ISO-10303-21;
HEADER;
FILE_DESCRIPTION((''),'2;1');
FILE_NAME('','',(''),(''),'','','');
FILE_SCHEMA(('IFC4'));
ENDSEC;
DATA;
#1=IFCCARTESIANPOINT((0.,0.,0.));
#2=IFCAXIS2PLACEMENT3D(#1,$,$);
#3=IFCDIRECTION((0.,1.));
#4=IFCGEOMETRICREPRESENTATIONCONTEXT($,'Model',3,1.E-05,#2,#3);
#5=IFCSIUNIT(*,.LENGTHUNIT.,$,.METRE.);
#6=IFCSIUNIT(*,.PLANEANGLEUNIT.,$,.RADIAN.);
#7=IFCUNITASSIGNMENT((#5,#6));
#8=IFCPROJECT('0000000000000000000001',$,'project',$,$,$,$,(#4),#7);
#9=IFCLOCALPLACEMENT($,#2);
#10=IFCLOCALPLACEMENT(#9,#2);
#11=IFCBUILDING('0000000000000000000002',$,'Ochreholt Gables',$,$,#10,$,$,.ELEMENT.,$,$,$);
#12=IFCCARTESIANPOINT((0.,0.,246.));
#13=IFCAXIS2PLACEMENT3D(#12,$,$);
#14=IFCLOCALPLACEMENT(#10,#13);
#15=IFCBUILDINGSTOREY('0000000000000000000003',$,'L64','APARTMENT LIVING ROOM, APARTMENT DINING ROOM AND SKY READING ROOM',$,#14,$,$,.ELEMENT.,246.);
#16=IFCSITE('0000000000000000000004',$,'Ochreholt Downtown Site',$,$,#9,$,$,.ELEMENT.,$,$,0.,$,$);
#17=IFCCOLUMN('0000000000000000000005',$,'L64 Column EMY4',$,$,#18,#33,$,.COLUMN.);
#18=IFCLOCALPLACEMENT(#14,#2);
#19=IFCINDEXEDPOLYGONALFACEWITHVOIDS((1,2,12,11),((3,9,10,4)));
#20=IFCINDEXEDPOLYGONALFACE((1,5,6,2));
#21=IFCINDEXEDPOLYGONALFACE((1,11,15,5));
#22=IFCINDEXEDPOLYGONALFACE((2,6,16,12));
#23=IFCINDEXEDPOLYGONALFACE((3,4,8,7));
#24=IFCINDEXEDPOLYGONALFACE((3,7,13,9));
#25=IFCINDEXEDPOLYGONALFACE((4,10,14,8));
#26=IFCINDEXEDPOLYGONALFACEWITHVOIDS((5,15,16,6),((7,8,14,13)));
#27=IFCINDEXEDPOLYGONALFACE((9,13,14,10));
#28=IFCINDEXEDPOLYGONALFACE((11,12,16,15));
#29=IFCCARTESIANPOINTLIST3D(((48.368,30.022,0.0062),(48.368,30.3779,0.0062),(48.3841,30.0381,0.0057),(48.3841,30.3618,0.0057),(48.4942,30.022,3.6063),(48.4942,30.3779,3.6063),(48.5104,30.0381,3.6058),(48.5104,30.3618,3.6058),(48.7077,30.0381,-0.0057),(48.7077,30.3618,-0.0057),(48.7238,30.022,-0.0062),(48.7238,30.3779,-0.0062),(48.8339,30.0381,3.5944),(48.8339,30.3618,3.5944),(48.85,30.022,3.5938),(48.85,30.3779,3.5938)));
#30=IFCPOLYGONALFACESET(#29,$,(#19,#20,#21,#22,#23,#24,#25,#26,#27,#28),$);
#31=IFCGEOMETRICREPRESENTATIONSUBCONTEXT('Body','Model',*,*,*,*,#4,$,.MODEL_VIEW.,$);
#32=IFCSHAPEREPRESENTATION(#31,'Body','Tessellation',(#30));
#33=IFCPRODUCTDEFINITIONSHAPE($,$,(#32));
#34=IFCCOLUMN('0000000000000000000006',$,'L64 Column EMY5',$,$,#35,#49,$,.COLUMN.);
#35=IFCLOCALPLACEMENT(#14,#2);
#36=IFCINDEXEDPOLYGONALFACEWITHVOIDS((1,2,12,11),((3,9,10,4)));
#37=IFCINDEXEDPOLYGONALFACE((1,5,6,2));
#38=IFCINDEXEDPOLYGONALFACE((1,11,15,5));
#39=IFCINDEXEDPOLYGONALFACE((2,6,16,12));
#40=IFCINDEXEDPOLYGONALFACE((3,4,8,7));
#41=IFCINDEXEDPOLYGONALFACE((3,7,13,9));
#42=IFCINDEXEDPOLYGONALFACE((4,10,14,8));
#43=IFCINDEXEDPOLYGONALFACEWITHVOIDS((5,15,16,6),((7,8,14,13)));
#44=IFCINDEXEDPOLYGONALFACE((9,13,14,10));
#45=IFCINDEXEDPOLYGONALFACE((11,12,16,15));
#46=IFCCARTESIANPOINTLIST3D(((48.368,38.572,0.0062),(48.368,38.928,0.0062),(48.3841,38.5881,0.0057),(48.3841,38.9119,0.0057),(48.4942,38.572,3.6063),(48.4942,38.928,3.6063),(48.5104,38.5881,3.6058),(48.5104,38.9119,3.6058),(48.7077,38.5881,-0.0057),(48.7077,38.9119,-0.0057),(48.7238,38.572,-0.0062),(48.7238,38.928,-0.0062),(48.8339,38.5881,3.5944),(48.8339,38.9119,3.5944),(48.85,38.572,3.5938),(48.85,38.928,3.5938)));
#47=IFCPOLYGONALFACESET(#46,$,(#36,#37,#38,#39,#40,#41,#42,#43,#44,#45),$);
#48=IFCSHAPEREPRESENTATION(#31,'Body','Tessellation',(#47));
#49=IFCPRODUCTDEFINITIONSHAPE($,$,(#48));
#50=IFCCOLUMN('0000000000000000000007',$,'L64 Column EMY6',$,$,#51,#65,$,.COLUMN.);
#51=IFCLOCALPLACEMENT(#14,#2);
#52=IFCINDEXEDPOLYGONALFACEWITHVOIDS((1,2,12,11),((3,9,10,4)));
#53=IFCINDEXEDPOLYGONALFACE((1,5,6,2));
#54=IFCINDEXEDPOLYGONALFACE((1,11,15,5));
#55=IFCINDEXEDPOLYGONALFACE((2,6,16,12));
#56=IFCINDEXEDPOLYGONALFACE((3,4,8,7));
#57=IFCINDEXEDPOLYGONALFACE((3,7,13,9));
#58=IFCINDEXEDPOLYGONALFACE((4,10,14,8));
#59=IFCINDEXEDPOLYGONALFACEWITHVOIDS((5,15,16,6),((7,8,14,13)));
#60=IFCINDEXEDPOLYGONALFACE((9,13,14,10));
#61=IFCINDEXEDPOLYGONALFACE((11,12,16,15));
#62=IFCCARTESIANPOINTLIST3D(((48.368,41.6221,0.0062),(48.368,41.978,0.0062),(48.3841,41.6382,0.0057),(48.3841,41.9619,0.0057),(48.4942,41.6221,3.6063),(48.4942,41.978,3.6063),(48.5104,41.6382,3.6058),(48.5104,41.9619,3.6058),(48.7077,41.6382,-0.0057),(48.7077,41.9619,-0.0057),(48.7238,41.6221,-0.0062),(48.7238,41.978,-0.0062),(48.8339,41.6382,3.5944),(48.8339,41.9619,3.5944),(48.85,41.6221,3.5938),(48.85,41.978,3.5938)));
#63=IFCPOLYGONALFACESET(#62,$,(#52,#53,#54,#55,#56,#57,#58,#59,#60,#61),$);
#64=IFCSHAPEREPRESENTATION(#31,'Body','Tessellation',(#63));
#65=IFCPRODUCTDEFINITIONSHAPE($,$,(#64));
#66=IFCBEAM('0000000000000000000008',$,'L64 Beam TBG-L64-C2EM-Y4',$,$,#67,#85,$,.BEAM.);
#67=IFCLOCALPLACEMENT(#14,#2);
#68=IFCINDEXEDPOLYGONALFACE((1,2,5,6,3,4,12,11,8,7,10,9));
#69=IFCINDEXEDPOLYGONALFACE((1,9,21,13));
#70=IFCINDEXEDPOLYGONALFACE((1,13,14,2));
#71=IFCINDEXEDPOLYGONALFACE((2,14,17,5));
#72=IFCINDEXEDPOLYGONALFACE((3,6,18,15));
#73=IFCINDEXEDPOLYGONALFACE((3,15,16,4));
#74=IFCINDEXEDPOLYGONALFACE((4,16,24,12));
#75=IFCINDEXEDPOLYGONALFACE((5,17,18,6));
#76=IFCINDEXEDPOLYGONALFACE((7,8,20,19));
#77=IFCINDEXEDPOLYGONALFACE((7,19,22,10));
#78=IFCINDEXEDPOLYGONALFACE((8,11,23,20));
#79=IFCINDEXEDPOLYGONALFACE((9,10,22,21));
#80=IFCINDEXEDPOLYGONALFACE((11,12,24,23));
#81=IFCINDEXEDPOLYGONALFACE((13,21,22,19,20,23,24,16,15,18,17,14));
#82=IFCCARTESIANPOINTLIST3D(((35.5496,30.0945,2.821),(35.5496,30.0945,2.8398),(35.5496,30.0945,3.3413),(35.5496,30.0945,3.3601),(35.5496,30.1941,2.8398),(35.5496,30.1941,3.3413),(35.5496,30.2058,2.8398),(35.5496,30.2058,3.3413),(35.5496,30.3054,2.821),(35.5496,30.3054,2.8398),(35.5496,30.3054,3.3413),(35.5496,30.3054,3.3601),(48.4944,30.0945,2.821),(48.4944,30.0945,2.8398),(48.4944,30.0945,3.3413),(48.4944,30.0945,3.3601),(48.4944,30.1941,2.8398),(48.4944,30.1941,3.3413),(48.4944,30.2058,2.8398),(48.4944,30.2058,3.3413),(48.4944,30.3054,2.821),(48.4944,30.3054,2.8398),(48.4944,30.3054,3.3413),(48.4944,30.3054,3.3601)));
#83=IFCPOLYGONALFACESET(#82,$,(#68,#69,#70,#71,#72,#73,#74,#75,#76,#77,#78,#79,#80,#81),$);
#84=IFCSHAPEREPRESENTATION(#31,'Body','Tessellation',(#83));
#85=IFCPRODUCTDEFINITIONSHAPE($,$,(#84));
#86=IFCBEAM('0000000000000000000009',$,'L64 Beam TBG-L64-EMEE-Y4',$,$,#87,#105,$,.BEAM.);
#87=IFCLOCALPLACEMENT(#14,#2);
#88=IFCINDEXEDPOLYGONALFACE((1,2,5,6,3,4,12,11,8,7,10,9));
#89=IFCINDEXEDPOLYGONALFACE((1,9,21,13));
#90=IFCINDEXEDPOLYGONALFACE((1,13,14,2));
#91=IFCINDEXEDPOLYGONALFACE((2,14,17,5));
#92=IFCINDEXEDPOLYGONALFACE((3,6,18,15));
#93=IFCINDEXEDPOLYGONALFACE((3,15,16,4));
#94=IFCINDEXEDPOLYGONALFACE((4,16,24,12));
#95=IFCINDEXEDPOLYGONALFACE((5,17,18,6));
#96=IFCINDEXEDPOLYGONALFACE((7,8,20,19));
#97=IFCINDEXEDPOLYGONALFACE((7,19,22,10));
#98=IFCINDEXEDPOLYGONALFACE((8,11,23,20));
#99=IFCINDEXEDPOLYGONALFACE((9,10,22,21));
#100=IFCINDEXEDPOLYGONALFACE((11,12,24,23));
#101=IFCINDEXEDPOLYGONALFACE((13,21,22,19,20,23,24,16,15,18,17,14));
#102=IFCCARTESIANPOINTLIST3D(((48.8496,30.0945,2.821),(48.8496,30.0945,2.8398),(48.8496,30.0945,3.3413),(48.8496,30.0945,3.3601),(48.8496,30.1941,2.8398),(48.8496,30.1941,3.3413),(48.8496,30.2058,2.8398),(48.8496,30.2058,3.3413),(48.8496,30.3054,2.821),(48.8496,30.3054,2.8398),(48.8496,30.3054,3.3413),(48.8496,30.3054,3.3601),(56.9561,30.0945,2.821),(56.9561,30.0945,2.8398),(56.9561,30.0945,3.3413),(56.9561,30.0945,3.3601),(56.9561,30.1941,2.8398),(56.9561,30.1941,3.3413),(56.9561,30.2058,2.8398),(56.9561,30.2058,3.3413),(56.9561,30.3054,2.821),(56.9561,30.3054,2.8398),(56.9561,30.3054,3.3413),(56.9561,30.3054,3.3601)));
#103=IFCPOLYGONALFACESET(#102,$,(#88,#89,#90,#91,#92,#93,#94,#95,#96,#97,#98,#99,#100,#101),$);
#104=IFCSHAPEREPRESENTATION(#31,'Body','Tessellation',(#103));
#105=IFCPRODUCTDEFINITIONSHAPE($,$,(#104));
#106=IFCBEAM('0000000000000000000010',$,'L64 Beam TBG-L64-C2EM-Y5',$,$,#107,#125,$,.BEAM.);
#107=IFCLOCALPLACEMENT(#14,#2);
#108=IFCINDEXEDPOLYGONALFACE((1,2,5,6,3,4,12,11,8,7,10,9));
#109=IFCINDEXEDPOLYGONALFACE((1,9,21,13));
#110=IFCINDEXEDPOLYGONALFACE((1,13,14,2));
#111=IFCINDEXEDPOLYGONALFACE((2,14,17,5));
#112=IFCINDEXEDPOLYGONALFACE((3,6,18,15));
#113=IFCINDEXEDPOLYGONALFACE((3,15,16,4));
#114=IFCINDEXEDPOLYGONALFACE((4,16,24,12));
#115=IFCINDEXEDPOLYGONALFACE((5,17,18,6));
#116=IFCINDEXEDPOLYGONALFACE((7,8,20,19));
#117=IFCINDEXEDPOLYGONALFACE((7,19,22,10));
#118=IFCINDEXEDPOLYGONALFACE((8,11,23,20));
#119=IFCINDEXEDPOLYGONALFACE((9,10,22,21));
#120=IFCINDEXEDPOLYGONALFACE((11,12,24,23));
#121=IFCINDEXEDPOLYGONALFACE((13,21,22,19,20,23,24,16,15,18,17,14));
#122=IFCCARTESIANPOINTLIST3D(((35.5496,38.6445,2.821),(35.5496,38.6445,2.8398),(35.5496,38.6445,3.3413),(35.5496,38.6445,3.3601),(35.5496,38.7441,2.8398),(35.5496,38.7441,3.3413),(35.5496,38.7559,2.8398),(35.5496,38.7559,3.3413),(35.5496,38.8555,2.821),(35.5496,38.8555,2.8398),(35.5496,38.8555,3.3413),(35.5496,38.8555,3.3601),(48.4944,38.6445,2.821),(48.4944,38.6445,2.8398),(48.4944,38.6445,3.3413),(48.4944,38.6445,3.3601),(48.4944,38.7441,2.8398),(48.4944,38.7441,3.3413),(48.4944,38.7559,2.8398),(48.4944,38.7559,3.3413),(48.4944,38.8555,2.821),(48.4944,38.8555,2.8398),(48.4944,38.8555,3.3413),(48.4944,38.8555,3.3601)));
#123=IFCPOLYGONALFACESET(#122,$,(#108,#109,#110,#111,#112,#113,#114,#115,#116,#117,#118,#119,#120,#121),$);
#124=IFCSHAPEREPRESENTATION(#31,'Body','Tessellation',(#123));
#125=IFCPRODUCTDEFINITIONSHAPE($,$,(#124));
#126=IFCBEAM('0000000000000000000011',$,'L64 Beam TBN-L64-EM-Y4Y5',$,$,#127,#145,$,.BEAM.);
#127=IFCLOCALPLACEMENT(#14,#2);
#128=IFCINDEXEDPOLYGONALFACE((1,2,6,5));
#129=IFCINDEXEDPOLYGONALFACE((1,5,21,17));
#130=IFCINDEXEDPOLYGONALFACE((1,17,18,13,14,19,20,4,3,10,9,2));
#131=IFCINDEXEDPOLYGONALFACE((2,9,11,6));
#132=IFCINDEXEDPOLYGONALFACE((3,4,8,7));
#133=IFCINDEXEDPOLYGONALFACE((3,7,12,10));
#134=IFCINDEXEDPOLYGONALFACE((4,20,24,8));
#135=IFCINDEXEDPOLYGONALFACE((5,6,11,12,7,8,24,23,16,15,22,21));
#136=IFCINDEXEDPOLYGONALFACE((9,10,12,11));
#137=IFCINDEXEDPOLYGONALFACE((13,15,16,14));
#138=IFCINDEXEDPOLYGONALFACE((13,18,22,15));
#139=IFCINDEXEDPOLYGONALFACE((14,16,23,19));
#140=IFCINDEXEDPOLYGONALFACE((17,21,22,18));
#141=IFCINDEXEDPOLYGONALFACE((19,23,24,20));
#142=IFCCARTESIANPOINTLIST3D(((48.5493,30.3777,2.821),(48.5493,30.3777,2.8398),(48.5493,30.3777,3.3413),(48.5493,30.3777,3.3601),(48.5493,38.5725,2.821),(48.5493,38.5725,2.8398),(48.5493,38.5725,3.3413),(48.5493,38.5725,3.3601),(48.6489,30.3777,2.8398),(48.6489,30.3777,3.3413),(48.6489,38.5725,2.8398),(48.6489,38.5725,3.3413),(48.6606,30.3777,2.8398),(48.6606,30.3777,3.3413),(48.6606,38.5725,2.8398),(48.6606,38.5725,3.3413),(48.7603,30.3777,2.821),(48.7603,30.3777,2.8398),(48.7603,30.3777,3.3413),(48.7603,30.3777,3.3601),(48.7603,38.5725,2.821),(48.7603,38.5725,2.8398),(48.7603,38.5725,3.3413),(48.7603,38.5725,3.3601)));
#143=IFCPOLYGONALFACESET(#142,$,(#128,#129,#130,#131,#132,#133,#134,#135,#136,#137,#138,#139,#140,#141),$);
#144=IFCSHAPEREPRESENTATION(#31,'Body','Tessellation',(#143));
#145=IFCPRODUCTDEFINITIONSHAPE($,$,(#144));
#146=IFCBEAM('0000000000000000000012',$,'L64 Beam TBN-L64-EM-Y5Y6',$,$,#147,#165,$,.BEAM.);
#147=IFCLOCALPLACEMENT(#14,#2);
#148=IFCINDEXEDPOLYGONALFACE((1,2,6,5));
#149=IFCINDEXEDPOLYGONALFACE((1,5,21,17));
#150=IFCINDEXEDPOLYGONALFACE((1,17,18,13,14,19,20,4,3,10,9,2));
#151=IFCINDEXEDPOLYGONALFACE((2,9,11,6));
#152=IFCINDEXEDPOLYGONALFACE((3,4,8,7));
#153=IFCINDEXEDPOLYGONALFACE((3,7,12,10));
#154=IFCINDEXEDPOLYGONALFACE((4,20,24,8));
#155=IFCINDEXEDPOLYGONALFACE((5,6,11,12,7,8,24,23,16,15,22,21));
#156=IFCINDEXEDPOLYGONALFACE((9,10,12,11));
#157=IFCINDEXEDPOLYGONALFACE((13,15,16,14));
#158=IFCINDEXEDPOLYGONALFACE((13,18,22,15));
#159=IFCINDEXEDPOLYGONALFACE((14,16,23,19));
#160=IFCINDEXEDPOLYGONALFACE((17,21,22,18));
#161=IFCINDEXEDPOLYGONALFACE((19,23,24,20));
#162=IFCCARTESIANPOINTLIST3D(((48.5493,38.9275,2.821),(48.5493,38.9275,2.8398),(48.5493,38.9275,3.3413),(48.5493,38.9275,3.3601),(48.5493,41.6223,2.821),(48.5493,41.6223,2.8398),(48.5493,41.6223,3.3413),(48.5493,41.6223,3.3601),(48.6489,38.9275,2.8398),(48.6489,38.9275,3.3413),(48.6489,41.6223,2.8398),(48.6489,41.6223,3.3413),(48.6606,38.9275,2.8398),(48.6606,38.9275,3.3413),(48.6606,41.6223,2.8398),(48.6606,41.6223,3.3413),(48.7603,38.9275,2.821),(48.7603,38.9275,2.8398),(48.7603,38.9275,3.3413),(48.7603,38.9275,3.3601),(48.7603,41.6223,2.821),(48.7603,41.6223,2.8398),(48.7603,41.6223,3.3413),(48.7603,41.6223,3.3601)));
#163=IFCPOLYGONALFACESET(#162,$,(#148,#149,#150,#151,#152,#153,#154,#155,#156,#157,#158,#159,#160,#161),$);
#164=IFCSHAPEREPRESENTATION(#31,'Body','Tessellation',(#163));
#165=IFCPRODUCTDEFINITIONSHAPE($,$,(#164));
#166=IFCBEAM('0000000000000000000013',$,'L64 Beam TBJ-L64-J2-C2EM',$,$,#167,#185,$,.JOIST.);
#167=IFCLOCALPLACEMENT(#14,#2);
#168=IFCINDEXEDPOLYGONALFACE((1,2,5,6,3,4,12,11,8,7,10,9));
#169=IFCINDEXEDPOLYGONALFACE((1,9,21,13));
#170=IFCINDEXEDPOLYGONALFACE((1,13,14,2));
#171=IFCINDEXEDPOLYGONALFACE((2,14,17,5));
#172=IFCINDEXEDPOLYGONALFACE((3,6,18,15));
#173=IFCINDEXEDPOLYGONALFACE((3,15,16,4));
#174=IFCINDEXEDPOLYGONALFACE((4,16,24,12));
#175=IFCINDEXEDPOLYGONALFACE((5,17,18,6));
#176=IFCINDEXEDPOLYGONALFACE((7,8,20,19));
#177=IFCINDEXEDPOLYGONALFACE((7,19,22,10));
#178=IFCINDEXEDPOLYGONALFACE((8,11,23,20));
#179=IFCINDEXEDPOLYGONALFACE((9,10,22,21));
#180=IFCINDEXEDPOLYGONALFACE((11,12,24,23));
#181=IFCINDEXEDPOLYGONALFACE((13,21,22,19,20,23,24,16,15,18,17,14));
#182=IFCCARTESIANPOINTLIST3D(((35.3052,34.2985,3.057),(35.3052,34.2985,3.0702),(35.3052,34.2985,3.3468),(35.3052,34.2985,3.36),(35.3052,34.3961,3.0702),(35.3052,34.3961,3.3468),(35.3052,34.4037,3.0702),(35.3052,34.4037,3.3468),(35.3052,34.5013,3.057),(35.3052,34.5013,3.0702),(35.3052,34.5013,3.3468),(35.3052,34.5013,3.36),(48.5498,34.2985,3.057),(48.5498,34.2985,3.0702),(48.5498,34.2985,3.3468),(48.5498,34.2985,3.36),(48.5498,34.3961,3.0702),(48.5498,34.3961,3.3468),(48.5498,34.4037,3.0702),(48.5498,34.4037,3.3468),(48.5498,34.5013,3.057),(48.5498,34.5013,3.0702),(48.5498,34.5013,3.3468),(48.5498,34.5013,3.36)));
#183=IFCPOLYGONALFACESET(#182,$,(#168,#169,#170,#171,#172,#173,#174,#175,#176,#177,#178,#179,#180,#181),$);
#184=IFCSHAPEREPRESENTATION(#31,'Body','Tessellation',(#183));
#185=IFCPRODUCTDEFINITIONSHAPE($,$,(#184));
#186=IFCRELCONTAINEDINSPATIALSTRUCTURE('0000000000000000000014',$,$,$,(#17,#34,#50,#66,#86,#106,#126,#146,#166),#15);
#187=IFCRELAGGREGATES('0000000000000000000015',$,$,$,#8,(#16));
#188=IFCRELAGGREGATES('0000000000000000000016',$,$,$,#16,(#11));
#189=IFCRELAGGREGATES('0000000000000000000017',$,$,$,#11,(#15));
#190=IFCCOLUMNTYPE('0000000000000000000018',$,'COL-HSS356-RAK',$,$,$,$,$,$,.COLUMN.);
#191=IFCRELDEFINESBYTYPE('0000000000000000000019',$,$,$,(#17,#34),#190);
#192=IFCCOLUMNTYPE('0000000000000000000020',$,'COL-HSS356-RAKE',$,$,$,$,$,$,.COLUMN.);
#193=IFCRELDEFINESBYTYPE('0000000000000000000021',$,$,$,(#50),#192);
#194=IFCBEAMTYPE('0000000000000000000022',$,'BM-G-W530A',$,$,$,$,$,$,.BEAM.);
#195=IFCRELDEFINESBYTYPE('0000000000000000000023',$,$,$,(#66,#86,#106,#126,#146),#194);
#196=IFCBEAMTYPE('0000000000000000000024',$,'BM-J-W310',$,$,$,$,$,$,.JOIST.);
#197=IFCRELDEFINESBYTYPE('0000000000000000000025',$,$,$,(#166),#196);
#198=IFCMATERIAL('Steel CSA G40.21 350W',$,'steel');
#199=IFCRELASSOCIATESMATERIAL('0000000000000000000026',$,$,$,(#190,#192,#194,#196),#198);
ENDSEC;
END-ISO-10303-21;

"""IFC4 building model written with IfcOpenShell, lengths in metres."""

from ifc_helpers import new_model, si_unit, direction, frame, origin, origin_2d, place, context, subcontext, project, spatial, hollow_rectangle, i_section, extrude, material, material_profile, profile_set, type_object, element, save


model = new_model("IFC4")

# Units and contexts
model_context = context("Model", 3, precision=1e-05, world=origin(), true_north=direction((0.0, 1.0)))
body_context = subcontext(model_context, "Body", "Model", "MODEL_VIEW")
ifc_project = project(units=[si_unit("LENGTHUNIT", "METRE"), si_unit("PLANEANGLEUNIT", "RADIAN")], contexts=[model_context])

# Site, building, storey
site_placement = place(None, origin())
site = spatial("IfcSite", under=ifc_project, at=site_placement, Name="Ochreholt Downtown Site", CompositionType="ELEMENT", RefElevation=0.0)
building_placement = place(site_placement, origin())
building = spatial("IfcBuilding", under=site, at=building_placement, Name="Ochreholt Gables", CompositionType="ELEMENT")
storey_placement = place(building_placement, frame((0.0, 0.0, 246.0)))
storey = spatial("IfcBuildingStorey", under=building, at=storey_placement, Name="L64", Description="APARTMENT LIVING ROOM, APARTMENT DINING ROOM AND SKY READING ROOM", CompositionType="ELEMENT", Elevation=246.0)

# Columns
ifc_material_1 = material(Name="Steel CSA G40.21 350W", Category="steel")
ifc_material_profile_1 = material_profile(ifc_material_1, hollow_rectangle(XDim=0.356, YDim=0.356, WallThickness=0.0161, at=origin_2d()), Name="HSS356X356X16")
ifc_profile_set_1 = profile_set([ifc_material_profile_1], Name="Steel CSA G40.21 350W")
column_type_1 = type_object("IfcColumnType", Name="COL-HSS356-RAK", PredefinedType="COLUMN", material=ifc_profile_set_1)
for number, where, z_axis, x_axis, name in (
    (1, (48.5459, 30.2, 0.0), (0.035039, 0.0, 0.999386), (0.0, 1.0, 0.0), "L64 Column EMY4"),
    (2, (48.5459, 38.75, 0.0), (0.035039, 0.0, 0.999386), (0.0, 1.0, 0.0), "L64 Column EMY5"),
):
    element("IfcColumn", number, at=place(storey_placement, frame(where, z_axis=z_axis, x_axis=x_axis)), inside=storey, type_object=column_type_1, Name=name, PredefinedType="COLUMN", context=body_context, shape_type="SweptSolid", body=[
        extrude(hollow_rectangle(XDim=0.356, YDim=0.356, WallThickness=0.0161, at=origin_2d()), origin(), (0.0, 0.0, 1.0), 3.6023),
    ])
ifc_material_profile_2 = material_profile(ifc_material_1, hollow_rectangle(XDim=0.356, YDim=0.356, WallThickness=0.0161, at=origin_2d()), Name="HSS356X356X16")
ifc_profile_set_2 = profile_set([ifc_material_profile_2], Name="Steel CSA G40.21 350W")
column_type_2 = type_object("IfcColumnType", Name="COL-HSS356-RAKE", PredefinedType="COLUMN", material=ifc_profile_set_2)
column_placement = place(storey_placement, frame((48.5459, 41.8, 0.0), z_axis=(0.035039, 0.0, 0.999386), x_axis=(0.0, 1.0, 0.0)))
element("IfcColumn", 3, at=column_placement, inside=storey, type_object=column_type_2, Name="L64 Column EMY6", PredefinedType="COLUMN", context=body_context, shape_type="SweptSolid", body=[
    extrude(hollow_rectangle(XDim=0.356, YDim=0.356, WallThickness=0.0161, at=origin_2d()), origin(), (0.0, 0.0, 1.0), 3.6023),
])

# Beams
ifc_material_profile_3 = material_profile(ifc_material_1, i_section(OverallWidth=0.2109, OverallDepth=0.5391, WebThickness=0.0117, FlangeThickness=0.0188, at=origin_2d()), Name="W530X109")
ifc_profile_set_3 = profile_set([ifc_material_profile_3], Name="Steel CSA G40.21 350W")
beam_type_1 = type_object("IfcBeamType", Name="BM-G-W530A", PredefinedType="BEAM", material=ifc_profile_set_3)
beam_1_placement = place(storey_placement, frame((35.5496, 30.2, 3.0906), z_axis=(1.0, 0.0, 0.0), x_axis=(0.0, 1.0, 0.0)))
element("IfcBeam", 4, at=beam_1_placement, inside=storey, type_object=beam_type_1, Name="L64 Beam TBG-L64-C2EM-Y4", PredefinedType="BEAM", context=body_context, shape_type="SweptSolid", body=[
    extrude(i_section(OverallWidth=0.2109, OverallDepth=0.5391, WebThickness=0.0117, FlangeThickness=0.0188, at=origin_2d()), origin(), (0.0, 0.0, 1.0), 12.9448),
])
beam_2_placement = place(storey_placement, frame((48.8496, 30.2, 3.0906), z_axis=(1.0, 0.0, 0.0), x_axis=(0.0, 1.0, 0.0)))
element("IfcBeam", 5, at=beam_2_placement, inside=storey, type_object=beam_type_1, Name="L64 Beam TBG-L64-EMEE-Y4", PredefinedType="BEAM", context=body_context, shape_type="SweptSolid", body=[
    extrude(i_section(OverallWidth=0.2109, OverallDepth=0.5391, WebThickness=0.0117, FlangeThickness=0.0188, at=origin_2d()), origin(), (0.0, 0.0, 1.0), 8.1064),
])
beam_3_placement = place(storey_placement, frame((35.5496, 38.75, 3.0906), z_axis=(1.0, 0.0, 0.0), x_axis=(0.0, 1.0, 0.0)))
element("IfcBeam", 6, at=beam_3_placement, inside=storey, type_object=beam_type_1, Name="L64 Beam TBG-L64-C2EM-Y5", PredefinedType="BEAM", context=body_context, shape_type="SweptSolid", body=[
    extrude(i_section(OverallWidth=0.2109, OverallDepth=0.5391, WebThickness=0.0117, FlangeThickness=0.0188, at=origin_2d()), origin(), (0.0, 0.0, 1.0), 12.9448),
])
beam_4_placement = place(storey_placement, frame((48.6548, 30.3777, 3.0906), z_axis=(0.0, 1.0, 0.0), x_axis=(-1.0, 0.0, 0.0)))
element("IfcBeam", 7, at=beam_4_placement, inside=storey, type_object=beam_type_1, Name="L64 Beam TBN-L64-EM-Y4Y5", PredefinedType="BEAM", context=body_context, shape_type="SweptSolid", body=[
    extrude(i_section(OverallWidth=0.2109, OverallDepth=0.5391, WebThickness=0.0117, FlangeThickness=0.0188, at=origin_2d()), origin(), (0.0, 0.0, 1.0), 8.1948),
])
beam_5_placement = place(storey_placement, frame((48.6548, 38.9275, 3.0906), z_axis=(0.0, 1.0, 0.0), x_axis=(-1.0, 0.0, 0.0)))
element("IfcBeam", 8, at=beam_5_placement, inside=storey, type_object=beam_type_1, Name="L64 Beam TBN-L64-EM-Y5Y6", PredefinedType="BEAM", context=body_context, shape_type="SweptSolid", body=[
    extrude(i_section(OverallWidth=0.2109, OverallDepth=0.5391, WebThickness=0.0117, FlangeThickness=0.0188, at=origin_2d()), origin(), (0.0, 0.0, 1.0), 2.6948),
])
ifc_material_profile_4 = material_profile(ifc_material_1, i_section(OverallWidth=0.2029, OverallDepth=0.303, WebThickness=0.0076, FlangeThickness=0.0132, at=origin_2d()), Name="W310X60")
ifc_profile_set_4 = profile_set([ifc_material_profile_4], Name="Steel CSA G40.21 350W")
beam_type_2 = type_object("IfcBeamType", Name="BM-J-W310", PredefinedType="JOIST", material=ifc_profile_set_4)
beam_6_placement = place(storey_placement, frame((35.3052, 34.3999, 3.2085), z_axis=(1.0, 0.0, 0.0), x_axis=(0.0, 1.0, 0.0)))
element("IfcBeam", 9, at=beam_6_placement, inside=storey, type_object=beam_type_2, Name="L64 Beam TBJ-L64-J2-C2EM", PredefinedType="JOIST", context=body_context, shape_type="SweptSolid", body=[
    extrude(i_section(OverallWidth=0.2029, OverallDepth=0.303, WebThickness=0.0076, FlangeThickness=0.0132, at=origin_2d()), origin(), (0.0, 0.0, 1.0), 13.2446),
])

save(model, "model.ifc")
